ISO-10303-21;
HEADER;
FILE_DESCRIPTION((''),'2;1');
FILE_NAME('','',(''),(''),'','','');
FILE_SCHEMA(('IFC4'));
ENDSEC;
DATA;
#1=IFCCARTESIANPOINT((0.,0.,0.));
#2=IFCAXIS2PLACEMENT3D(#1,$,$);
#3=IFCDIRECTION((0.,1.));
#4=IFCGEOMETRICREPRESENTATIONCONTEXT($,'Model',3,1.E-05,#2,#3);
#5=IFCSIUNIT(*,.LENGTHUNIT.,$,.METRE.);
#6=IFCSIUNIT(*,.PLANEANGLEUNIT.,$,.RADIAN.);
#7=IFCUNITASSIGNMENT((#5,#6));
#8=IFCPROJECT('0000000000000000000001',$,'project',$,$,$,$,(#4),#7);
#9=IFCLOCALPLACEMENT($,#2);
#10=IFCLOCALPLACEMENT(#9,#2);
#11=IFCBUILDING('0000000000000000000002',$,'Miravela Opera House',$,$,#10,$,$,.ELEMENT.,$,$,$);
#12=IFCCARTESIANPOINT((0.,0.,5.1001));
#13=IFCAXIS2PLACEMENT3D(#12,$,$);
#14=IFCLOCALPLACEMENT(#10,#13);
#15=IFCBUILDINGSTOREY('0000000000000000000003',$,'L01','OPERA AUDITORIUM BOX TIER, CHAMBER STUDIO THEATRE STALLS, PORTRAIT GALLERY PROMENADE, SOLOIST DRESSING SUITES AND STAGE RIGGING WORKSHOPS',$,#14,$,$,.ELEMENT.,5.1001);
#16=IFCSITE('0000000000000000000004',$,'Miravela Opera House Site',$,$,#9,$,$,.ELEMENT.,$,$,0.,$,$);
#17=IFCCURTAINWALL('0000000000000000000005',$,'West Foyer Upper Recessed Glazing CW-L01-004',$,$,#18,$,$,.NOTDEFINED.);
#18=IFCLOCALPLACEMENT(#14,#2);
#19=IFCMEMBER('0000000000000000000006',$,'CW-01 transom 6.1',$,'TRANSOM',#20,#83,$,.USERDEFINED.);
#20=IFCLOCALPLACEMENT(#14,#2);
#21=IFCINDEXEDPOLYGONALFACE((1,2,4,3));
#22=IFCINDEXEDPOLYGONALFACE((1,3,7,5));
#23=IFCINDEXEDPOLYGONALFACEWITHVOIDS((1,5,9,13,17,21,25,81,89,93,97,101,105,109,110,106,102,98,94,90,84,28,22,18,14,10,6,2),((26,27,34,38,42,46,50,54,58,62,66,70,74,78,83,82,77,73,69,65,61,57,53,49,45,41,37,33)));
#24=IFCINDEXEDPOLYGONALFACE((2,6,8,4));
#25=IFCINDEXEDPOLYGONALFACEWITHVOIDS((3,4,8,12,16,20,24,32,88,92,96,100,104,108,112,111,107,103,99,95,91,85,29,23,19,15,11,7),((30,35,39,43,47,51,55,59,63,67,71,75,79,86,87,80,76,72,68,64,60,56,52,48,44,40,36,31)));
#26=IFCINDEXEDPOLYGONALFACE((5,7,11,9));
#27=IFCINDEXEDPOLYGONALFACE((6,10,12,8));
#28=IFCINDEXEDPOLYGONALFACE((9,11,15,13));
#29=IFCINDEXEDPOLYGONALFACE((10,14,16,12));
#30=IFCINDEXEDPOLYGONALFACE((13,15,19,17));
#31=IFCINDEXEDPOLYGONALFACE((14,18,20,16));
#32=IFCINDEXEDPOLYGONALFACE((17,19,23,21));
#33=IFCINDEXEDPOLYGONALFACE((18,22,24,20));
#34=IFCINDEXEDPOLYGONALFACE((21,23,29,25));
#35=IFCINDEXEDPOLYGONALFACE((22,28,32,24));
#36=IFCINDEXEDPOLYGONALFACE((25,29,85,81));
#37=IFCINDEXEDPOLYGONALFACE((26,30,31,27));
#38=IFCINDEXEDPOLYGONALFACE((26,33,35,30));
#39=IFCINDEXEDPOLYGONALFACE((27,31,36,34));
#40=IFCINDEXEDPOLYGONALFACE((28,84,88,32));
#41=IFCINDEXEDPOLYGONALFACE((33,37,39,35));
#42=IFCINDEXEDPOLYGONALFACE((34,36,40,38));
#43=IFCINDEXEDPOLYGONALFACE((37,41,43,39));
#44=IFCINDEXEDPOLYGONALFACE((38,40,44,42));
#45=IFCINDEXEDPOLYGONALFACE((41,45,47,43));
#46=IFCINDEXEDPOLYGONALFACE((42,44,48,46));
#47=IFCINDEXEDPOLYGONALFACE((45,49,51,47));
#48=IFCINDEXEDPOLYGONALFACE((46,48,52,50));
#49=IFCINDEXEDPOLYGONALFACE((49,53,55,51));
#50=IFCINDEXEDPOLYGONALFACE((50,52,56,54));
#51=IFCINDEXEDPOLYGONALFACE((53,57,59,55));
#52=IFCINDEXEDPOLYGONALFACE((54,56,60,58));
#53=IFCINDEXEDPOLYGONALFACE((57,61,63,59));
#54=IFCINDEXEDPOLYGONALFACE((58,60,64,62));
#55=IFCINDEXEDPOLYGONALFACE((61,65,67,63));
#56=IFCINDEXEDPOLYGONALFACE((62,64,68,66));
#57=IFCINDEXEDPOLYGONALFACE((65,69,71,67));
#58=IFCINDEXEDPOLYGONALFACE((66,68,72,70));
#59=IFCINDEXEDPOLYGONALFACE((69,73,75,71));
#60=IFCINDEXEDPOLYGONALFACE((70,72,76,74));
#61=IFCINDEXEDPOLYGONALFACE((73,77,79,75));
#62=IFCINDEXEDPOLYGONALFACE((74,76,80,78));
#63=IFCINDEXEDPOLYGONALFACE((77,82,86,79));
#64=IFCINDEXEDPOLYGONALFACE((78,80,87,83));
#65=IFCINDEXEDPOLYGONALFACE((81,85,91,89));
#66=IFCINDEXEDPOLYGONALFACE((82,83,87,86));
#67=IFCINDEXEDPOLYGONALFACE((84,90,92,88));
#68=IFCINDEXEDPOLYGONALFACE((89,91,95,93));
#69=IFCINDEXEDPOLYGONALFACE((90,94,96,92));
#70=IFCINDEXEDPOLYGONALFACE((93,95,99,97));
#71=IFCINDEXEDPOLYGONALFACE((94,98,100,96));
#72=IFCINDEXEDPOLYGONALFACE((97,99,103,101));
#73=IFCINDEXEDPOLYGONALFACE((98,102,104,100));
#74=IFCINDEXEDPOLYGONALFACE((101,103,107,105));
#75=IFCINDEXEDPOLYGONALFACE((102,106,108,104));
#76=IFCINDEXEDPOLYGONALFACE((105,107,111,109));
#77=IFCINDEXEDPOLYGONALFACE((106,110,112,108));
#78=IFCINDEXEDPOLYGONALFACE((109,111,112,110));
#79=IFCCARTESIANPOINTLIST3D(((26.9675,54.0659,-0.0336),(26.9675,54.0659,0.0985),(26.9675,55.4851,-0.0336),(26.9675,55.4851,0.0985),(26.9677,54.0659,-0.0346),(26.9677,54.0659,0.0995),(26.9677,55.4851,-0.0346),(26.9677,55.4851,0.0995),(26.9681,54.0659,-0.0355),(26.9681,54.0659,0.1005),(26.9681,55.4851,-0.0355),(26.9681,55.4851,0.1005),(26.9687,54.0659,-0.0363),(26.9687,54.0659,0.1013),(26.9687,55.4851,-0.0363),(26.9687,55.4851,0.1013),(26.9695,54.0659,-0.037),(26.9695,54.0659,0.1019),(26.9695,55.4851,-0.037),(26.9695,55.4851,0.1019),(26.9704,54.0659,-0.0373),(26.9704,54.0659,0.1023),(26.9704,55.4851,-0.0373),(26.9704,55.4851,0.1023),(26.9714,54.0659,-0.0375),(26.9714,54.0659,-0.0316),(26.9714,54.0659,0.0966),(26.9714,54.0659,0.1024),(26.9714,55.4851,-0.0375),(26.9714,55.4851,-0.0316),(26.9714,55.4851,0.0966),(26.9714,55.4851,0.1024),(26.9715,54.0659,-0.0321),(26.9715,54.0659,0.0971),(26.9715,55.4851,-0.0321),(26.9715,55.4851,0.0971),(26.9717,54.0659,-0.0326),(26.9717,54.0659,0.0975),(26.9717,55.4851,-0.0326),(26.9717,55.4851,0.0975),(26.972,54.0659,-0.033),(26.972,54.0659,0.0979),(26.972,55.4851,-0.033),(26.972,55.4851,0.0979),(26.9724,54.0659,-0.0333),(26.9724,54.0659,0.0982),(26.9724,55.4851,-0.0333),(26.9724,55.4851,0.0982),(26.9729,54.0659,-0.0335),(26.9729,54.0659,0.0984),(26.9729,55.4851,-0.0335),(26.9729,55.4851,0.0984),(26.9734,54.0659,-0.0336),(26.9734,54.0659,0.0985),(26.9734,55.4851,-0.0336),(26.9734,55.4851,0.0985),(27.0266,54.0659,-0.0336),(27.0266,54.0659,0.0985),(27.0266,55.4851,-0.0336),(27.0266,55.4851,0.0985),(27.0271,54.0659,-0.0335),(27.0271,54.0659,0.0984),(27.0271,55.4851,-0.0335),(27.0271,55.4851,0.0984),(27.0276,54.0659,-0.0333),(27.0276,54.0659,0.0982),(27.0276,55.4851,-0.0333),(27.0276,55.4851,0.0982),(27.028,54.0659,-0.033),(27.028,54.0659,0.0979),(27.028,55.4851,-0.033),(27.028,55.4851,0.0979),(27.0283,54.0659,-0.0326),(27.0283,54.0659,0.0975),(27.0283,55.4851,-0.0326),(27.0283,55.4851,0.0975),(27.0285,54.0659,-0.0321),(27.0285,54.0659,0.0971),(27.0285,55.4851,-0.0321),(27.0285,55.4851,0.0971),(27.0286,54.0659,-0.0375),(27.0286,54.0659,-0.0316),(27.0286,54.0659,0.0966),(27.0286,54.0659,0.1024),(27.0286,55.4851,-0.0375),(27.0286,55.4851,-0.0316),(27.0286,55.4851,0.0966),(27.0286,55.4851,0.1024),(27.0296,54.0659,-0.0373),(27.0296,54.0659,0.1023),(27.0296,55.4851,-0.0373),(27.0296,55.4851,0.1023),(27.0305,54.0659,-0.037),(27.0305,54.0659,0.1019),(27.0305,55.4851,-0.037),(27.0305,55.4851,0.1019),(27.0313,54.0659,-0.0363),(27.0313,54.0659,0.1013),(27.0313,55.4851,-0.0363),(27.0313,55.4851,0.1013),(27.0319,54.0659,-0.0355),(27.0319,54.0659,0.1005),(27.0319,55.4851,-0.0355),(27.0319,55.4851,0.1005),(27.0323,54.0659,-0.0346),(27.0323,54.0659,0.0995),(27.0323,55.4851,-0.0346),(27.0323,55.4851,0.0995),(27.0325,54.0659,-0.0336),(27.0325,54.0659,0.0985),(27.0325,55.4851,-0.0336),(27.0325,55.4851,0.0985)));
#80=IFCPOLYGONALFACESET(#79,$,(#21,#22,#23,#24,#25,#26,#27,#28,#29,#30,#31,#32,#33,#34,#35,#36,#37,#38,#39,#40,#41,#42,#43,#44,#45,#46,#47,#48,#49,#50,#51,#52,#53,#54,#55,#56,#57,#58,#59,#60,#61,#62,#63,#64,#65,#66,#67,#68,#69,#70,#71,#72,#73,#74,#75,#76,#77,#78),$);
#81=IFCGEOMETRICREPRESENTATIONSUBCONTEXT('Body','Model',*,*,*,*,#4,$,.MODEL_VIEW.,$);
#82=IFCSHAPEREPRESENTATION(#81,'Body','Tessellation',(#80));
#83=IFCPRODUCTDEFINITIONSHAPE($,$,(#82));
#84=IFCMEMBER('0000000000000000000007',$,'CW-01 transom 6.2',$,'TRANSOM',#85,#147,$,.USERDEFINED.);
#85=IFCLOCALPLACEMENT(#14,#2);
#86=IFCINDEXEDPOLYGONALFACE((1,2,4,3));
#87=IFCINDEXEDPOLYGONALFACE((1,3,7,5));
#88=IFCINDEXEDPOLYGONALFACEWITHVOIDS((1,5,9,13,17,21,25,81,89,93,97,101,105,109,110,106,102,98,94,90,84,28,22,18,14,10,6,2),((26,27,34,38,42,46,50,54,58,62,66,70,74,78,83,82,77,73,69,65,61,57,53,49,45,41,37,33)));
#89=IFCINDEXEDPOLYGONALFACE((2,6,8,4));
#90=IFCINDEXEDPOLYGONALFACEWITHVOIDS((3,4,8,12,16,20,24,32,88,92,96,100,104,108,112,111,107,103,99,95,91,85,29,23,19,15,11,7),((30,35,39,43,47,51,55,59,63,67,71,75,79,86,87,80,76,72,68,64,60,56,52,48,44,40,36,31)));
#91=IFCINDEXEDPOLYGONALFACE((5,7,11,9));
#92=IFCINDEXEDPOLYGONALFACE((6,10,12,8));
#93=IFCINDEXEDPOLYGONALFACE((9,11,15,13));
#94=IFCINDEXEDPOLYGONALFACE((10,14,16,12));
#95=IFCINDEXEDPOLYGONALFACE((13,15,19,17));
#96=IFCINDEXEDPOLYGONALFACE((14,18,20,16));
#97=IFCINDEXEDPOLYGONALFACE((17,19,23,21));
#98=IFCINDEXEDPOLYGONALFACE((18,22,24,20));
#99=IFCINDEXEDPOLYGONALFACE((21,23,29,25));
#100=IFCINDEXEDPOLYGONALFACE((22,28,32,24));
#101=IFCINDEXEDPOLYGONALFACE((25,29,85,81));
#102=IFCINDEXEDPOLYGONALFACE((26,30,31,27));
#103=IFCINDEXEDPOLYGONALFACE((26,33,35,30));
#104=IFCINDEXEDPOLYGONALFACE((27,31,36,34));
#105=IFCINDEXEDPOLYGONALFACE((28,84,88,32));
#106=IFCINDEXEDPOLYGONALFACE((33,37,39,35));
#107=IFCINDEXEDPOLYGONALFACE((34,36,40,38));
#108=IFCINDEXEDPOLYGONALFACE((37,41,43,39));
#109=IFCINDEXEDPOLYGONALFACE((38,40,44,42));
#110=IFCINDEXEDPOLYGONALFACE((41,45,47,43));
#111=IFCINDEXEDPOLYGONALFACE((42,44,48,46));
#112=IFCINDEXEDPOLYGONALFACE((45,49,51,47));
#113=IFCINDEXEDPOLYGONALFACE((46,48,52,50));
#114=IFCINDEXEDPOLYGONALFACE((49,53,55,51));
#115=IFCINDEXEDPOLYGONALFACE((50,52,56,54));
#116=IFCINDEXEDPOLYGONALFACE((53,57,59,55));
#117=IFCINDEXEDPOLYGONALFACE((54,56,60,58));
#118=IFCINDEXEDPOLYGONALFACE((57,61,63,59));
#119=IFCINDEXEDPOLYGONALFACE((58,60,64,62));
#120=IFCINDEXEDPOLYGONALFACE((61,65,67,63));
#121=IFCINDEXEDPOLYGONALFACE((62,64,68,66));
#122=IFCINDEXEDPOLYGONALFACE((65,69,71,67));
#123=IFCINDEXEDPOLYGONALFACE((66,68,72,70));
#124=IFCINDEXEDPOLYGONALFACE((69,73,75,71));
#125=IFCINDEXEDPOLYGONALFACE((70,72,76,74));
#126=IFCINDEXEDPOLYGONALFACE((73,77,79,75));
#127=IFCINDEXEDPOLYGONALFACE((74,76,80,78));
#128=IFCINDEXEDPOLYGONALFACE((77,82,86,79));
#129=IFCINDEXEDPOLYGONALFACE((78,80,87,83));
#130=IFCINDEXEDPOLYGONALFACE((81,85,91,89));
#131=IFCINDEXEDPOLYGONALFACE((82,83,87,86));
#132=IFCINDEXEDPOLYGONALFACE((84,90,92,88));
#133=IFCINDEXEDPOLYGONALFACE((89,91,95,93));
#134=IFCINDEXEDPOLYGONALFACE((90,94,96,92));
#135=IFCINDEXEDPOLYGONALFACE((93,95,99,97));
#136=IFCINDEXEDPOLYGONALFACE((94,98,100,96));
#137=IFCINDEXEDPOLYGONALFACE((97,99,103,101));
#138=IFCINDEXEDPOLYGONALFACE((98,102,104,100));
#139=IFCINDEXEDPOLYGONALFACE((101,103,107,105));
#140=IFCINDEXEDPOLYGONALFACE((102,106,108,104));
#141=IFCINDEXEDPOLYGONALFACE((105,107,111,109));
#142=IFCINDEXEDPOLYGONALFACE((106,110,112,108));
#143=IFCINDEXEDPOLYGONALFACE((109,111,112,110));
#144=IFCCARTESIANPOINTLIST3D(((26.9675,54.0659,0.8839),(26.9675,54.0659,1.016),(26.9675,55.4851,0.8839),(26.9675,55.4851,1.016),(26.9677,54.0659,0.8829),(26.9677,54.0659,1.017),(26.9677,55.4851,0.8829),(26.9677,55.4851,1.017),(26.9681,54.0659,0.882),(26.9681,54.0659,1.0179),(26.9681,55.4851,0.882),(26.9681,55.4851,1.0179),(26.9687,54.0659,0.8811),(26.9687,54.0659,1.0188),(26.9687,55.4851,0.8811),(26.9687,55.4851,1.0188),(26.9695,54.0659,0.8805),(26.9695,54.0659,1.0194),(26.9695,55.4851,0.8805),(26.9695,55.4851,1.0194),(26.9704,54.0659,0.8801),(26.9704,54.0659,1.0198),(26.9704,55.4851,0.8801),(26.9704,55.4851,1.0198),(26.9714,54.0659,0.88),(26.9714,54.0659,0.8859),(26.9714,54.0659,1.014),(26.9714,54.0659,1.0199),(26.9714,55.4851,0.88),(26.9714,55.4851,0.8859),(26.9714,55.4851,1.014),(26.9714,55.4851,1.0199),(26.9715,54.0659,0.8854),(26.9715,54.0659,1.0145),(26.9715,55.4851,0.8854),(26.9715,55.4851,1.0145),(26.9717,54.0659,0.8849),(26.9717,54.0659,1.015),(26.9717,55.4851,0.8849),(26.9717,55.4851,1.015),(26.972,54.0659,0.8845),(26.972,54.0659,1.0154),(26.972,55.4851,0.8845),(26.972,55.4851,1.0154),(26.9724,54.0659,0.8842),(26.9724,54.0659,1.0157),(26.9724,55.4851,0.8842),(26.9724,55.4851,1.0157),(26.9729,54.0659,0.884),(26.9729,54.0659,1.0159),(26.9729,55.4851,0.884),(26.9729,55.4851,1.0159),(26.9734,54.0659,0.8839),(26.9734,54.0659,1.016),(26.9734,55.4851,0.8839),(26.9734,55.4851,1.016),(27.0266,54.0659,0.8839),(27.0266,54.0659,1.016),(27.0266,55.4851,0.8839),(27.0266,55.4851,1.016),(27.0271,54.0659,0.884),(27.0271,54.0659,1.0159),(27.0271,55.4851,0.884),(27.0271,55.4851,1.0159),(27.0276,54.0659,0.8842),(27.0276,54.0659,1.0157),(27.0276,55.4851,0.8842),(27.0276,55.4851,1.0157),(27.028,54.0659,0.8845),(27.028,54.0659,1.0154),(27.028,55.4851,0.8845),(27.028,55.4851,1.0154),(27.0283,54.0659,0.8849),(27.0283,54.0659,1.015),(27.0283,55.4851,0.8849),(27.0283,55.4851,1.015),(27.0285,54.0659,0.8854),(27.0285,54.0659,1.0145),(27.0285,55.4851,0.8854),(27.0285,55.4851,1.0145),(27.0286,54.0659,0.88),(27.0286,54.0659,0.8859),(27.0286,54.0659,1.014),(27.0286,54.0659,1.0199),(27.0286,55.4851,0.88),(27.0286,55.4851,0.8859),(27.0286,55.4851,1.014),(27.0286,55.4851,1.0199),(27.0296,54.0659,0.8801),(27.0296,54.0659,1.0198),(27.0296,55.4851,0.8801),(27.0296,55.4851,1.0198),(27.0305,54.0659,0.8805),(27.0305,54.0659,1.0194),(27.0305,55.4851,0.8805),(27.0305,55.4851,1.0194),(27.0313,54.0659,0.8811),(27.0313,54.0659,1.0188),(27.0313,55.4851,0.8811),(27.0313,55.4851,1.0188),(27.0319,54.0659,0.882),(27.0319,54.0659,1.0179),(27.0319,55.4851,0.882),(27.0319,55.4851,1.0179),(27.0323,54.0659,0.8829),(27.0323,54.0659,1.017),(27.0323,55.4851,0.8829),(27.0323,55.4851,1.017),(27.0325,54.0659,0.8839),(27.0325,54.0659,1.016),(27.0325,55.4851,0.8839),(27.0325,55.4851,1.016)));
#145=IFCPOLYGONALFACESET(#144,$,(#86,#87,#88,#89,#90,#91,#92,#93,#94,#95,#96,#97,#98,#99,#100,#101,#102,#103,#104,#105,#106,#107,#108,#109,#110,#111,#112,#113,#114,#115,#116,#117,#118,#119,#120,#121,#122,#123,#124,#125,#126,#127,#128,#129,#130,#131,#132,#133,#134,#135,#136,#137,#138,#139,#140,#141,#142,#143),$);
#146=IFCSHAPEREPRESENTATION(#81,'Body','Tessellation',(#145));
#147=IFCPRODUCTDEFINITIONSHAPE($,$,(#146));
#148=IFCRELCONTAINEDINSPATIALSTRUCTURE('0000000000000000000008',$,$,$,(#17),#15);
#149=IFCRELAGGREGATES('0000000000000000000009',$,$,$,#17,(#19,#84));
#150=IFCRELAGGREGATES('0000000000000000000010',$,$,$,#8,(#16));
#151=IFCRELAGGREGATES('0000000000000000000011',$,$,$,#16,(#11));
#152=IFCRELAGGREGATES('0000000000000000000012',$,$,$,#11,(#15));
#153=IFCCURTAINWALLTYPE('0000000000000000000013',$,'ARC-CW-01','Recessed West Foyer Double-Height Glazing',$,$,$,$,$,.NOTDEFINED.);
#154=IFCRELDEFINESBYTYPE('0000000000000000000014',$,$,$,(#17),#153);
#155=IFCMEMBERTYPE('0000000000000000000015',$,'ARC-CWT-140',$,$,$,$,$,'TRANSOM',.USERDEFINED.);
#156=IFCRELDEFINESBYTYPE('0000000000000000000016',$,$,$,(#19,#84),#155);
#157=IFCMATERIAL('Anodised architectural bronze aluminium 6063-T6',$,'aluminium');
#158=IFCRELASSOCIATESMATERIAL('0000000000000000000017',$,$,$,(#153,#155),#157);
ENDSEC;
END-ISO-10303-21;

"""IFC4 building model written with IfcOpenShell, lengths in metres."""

from ifc_helpers import new_model, si_unit, direction, frame, origin, origin_2d, place, context, subcontext, project, spatial, hollow_rectangle, extrude, material, material_profile, profile_set, type_object, element, aggregate, save


model = new_model("IFC4")

# Units and contexts
model_context = context("Model", 3, precision=1e-05, world=origin(), true_north=direction((0.0, 1.0)))
body_context = subcontext(model_context, "Body", "Model", "MODEL_VIEW")
ifc_project = project(units=[si_unit("LENGTHUNIT", "METRE"), si_unit("PLANEANGLEUNIT", "RADIAN")], contexts=[model_context])

# Site, building, storey
site_placement = place(None, origin())
site = spatial("IfcSite", under=ifc_project, at=site_placement, Name="Miravela Opera House Site", CompositionType="ELEMENT", RefElevation=0.0)
building_placement = place(site_placement, origin())
building = spatial("IfcBuilding", under=site, at=building_placement, Name="Miravela Opera House", CompositionType="ELEMENT")
storey_placement = place(building_placement, frame((0.0, 0.0, 5.1001)))
storey = spatial("IfcBuildingStorey", under=building, at=storey_placement, Name="L01", Description="OPERA AUDITORIUM BOX TIER, CHAMBER STUDIO THEATRE STALLS, PORTRAIT GALLERY PROMENADE, SOLOIST DRESSING SUITES AND STAGE RIGGING WORKSHOPS", CompositionType="ELEMENT", Elevation=5.1001)

# Curtain wall
ifc_material_1 = material(Name="Anodised architectural bronze aluminium 6063-T6", Category="aluminium")
curtain_wall_type = type_object("IfcCurtainWallType", Name="ARC-CW-01", Description="Recessed West Foyer Double-Height Glazing", PredefinedType="NOTDEFINED", material=ifc_material_1)
curtain_wall_1_placement = place(storey_placement, origin())
curtain_wall_1 = element("IfcCurtainWall", 1, at=curtain_wall_1_placement, inside=storey, type_object=curtain_wall_type, Name="West Foyer Upper Recessed Glazing CW-L01-004", PredefinedType="NOTDEFINED")

# Members
ifc_material_profile_1 = material_profile(ifc_material_1, hollow_rectangle(XDim=0.0649, YDim=0.1399, WallThickness=0.0039, InnerFilletRadius=0.002, OuterFilletRadius=0.0039, at=origin_2d()), Name="CWT-65X140")
ifc_profile_set_1 = profile_set([ifc_material_profile_1])
member_type_1 = type_object("IfcMemberType", Name="ARC-CWT-140", ElementType="TRANSOM", PredefinedType="USERDEFINED", material=ifc_profile_set_1)
member_1_placement = place(storey_placement, frame((27.0, 54.0659, 0.0325), z_axis=(0.0, 1.0, 0.0), x_axis=(-1.0, 0.0, 0.0)))
member_1 = element("IfcMember", 2, at=member_1_placement, type_object=member_type_1, Name="CW-01 transom 6.1", ObjectType="TRANSOM", PredefinedType="USERDEFINED", context=body_context, shape_type="SweptSolid", body=[
    extrude(hollow_rectangle(XDim=0.0649, YDim=0.1399, WallThickness=0.0039, InnerFilletRadius=0.002, OuterFilletRadius=0.0039, at=origin_2d()), origin(), (0.0, 0.0, 1.0), 1.4192),
])
member_2_placement = place(storey_placement, frame((27.0, 54.0659, 0.95), z_axis=(0.0, 1.0, 0.0), x_axis=(-1.0, 0.0, 0.0)))
member_2 = element("IfcMember", 3, at=member_2_placement, type_object=member_type_1, Name="CW-01 transom 6.2", ObjectType="TRANSOM", PredefinedType="USERDEFINED", context=body_context, shape_type="SweptSolid", body=[
    extrude(hollow_rectangle(XDim=0.0649, YDim=0.1399, WallThickness=0.0039, InnerFilletRadius=0.002, OuterFilletRadius=0.0039, at=origin_2d()), origin(), (0.0, 0.0, 1.0), 1.4192),
])

aggregate(curtain_wall_1, [member_1, member_2])

save(model, "model.ifc")
